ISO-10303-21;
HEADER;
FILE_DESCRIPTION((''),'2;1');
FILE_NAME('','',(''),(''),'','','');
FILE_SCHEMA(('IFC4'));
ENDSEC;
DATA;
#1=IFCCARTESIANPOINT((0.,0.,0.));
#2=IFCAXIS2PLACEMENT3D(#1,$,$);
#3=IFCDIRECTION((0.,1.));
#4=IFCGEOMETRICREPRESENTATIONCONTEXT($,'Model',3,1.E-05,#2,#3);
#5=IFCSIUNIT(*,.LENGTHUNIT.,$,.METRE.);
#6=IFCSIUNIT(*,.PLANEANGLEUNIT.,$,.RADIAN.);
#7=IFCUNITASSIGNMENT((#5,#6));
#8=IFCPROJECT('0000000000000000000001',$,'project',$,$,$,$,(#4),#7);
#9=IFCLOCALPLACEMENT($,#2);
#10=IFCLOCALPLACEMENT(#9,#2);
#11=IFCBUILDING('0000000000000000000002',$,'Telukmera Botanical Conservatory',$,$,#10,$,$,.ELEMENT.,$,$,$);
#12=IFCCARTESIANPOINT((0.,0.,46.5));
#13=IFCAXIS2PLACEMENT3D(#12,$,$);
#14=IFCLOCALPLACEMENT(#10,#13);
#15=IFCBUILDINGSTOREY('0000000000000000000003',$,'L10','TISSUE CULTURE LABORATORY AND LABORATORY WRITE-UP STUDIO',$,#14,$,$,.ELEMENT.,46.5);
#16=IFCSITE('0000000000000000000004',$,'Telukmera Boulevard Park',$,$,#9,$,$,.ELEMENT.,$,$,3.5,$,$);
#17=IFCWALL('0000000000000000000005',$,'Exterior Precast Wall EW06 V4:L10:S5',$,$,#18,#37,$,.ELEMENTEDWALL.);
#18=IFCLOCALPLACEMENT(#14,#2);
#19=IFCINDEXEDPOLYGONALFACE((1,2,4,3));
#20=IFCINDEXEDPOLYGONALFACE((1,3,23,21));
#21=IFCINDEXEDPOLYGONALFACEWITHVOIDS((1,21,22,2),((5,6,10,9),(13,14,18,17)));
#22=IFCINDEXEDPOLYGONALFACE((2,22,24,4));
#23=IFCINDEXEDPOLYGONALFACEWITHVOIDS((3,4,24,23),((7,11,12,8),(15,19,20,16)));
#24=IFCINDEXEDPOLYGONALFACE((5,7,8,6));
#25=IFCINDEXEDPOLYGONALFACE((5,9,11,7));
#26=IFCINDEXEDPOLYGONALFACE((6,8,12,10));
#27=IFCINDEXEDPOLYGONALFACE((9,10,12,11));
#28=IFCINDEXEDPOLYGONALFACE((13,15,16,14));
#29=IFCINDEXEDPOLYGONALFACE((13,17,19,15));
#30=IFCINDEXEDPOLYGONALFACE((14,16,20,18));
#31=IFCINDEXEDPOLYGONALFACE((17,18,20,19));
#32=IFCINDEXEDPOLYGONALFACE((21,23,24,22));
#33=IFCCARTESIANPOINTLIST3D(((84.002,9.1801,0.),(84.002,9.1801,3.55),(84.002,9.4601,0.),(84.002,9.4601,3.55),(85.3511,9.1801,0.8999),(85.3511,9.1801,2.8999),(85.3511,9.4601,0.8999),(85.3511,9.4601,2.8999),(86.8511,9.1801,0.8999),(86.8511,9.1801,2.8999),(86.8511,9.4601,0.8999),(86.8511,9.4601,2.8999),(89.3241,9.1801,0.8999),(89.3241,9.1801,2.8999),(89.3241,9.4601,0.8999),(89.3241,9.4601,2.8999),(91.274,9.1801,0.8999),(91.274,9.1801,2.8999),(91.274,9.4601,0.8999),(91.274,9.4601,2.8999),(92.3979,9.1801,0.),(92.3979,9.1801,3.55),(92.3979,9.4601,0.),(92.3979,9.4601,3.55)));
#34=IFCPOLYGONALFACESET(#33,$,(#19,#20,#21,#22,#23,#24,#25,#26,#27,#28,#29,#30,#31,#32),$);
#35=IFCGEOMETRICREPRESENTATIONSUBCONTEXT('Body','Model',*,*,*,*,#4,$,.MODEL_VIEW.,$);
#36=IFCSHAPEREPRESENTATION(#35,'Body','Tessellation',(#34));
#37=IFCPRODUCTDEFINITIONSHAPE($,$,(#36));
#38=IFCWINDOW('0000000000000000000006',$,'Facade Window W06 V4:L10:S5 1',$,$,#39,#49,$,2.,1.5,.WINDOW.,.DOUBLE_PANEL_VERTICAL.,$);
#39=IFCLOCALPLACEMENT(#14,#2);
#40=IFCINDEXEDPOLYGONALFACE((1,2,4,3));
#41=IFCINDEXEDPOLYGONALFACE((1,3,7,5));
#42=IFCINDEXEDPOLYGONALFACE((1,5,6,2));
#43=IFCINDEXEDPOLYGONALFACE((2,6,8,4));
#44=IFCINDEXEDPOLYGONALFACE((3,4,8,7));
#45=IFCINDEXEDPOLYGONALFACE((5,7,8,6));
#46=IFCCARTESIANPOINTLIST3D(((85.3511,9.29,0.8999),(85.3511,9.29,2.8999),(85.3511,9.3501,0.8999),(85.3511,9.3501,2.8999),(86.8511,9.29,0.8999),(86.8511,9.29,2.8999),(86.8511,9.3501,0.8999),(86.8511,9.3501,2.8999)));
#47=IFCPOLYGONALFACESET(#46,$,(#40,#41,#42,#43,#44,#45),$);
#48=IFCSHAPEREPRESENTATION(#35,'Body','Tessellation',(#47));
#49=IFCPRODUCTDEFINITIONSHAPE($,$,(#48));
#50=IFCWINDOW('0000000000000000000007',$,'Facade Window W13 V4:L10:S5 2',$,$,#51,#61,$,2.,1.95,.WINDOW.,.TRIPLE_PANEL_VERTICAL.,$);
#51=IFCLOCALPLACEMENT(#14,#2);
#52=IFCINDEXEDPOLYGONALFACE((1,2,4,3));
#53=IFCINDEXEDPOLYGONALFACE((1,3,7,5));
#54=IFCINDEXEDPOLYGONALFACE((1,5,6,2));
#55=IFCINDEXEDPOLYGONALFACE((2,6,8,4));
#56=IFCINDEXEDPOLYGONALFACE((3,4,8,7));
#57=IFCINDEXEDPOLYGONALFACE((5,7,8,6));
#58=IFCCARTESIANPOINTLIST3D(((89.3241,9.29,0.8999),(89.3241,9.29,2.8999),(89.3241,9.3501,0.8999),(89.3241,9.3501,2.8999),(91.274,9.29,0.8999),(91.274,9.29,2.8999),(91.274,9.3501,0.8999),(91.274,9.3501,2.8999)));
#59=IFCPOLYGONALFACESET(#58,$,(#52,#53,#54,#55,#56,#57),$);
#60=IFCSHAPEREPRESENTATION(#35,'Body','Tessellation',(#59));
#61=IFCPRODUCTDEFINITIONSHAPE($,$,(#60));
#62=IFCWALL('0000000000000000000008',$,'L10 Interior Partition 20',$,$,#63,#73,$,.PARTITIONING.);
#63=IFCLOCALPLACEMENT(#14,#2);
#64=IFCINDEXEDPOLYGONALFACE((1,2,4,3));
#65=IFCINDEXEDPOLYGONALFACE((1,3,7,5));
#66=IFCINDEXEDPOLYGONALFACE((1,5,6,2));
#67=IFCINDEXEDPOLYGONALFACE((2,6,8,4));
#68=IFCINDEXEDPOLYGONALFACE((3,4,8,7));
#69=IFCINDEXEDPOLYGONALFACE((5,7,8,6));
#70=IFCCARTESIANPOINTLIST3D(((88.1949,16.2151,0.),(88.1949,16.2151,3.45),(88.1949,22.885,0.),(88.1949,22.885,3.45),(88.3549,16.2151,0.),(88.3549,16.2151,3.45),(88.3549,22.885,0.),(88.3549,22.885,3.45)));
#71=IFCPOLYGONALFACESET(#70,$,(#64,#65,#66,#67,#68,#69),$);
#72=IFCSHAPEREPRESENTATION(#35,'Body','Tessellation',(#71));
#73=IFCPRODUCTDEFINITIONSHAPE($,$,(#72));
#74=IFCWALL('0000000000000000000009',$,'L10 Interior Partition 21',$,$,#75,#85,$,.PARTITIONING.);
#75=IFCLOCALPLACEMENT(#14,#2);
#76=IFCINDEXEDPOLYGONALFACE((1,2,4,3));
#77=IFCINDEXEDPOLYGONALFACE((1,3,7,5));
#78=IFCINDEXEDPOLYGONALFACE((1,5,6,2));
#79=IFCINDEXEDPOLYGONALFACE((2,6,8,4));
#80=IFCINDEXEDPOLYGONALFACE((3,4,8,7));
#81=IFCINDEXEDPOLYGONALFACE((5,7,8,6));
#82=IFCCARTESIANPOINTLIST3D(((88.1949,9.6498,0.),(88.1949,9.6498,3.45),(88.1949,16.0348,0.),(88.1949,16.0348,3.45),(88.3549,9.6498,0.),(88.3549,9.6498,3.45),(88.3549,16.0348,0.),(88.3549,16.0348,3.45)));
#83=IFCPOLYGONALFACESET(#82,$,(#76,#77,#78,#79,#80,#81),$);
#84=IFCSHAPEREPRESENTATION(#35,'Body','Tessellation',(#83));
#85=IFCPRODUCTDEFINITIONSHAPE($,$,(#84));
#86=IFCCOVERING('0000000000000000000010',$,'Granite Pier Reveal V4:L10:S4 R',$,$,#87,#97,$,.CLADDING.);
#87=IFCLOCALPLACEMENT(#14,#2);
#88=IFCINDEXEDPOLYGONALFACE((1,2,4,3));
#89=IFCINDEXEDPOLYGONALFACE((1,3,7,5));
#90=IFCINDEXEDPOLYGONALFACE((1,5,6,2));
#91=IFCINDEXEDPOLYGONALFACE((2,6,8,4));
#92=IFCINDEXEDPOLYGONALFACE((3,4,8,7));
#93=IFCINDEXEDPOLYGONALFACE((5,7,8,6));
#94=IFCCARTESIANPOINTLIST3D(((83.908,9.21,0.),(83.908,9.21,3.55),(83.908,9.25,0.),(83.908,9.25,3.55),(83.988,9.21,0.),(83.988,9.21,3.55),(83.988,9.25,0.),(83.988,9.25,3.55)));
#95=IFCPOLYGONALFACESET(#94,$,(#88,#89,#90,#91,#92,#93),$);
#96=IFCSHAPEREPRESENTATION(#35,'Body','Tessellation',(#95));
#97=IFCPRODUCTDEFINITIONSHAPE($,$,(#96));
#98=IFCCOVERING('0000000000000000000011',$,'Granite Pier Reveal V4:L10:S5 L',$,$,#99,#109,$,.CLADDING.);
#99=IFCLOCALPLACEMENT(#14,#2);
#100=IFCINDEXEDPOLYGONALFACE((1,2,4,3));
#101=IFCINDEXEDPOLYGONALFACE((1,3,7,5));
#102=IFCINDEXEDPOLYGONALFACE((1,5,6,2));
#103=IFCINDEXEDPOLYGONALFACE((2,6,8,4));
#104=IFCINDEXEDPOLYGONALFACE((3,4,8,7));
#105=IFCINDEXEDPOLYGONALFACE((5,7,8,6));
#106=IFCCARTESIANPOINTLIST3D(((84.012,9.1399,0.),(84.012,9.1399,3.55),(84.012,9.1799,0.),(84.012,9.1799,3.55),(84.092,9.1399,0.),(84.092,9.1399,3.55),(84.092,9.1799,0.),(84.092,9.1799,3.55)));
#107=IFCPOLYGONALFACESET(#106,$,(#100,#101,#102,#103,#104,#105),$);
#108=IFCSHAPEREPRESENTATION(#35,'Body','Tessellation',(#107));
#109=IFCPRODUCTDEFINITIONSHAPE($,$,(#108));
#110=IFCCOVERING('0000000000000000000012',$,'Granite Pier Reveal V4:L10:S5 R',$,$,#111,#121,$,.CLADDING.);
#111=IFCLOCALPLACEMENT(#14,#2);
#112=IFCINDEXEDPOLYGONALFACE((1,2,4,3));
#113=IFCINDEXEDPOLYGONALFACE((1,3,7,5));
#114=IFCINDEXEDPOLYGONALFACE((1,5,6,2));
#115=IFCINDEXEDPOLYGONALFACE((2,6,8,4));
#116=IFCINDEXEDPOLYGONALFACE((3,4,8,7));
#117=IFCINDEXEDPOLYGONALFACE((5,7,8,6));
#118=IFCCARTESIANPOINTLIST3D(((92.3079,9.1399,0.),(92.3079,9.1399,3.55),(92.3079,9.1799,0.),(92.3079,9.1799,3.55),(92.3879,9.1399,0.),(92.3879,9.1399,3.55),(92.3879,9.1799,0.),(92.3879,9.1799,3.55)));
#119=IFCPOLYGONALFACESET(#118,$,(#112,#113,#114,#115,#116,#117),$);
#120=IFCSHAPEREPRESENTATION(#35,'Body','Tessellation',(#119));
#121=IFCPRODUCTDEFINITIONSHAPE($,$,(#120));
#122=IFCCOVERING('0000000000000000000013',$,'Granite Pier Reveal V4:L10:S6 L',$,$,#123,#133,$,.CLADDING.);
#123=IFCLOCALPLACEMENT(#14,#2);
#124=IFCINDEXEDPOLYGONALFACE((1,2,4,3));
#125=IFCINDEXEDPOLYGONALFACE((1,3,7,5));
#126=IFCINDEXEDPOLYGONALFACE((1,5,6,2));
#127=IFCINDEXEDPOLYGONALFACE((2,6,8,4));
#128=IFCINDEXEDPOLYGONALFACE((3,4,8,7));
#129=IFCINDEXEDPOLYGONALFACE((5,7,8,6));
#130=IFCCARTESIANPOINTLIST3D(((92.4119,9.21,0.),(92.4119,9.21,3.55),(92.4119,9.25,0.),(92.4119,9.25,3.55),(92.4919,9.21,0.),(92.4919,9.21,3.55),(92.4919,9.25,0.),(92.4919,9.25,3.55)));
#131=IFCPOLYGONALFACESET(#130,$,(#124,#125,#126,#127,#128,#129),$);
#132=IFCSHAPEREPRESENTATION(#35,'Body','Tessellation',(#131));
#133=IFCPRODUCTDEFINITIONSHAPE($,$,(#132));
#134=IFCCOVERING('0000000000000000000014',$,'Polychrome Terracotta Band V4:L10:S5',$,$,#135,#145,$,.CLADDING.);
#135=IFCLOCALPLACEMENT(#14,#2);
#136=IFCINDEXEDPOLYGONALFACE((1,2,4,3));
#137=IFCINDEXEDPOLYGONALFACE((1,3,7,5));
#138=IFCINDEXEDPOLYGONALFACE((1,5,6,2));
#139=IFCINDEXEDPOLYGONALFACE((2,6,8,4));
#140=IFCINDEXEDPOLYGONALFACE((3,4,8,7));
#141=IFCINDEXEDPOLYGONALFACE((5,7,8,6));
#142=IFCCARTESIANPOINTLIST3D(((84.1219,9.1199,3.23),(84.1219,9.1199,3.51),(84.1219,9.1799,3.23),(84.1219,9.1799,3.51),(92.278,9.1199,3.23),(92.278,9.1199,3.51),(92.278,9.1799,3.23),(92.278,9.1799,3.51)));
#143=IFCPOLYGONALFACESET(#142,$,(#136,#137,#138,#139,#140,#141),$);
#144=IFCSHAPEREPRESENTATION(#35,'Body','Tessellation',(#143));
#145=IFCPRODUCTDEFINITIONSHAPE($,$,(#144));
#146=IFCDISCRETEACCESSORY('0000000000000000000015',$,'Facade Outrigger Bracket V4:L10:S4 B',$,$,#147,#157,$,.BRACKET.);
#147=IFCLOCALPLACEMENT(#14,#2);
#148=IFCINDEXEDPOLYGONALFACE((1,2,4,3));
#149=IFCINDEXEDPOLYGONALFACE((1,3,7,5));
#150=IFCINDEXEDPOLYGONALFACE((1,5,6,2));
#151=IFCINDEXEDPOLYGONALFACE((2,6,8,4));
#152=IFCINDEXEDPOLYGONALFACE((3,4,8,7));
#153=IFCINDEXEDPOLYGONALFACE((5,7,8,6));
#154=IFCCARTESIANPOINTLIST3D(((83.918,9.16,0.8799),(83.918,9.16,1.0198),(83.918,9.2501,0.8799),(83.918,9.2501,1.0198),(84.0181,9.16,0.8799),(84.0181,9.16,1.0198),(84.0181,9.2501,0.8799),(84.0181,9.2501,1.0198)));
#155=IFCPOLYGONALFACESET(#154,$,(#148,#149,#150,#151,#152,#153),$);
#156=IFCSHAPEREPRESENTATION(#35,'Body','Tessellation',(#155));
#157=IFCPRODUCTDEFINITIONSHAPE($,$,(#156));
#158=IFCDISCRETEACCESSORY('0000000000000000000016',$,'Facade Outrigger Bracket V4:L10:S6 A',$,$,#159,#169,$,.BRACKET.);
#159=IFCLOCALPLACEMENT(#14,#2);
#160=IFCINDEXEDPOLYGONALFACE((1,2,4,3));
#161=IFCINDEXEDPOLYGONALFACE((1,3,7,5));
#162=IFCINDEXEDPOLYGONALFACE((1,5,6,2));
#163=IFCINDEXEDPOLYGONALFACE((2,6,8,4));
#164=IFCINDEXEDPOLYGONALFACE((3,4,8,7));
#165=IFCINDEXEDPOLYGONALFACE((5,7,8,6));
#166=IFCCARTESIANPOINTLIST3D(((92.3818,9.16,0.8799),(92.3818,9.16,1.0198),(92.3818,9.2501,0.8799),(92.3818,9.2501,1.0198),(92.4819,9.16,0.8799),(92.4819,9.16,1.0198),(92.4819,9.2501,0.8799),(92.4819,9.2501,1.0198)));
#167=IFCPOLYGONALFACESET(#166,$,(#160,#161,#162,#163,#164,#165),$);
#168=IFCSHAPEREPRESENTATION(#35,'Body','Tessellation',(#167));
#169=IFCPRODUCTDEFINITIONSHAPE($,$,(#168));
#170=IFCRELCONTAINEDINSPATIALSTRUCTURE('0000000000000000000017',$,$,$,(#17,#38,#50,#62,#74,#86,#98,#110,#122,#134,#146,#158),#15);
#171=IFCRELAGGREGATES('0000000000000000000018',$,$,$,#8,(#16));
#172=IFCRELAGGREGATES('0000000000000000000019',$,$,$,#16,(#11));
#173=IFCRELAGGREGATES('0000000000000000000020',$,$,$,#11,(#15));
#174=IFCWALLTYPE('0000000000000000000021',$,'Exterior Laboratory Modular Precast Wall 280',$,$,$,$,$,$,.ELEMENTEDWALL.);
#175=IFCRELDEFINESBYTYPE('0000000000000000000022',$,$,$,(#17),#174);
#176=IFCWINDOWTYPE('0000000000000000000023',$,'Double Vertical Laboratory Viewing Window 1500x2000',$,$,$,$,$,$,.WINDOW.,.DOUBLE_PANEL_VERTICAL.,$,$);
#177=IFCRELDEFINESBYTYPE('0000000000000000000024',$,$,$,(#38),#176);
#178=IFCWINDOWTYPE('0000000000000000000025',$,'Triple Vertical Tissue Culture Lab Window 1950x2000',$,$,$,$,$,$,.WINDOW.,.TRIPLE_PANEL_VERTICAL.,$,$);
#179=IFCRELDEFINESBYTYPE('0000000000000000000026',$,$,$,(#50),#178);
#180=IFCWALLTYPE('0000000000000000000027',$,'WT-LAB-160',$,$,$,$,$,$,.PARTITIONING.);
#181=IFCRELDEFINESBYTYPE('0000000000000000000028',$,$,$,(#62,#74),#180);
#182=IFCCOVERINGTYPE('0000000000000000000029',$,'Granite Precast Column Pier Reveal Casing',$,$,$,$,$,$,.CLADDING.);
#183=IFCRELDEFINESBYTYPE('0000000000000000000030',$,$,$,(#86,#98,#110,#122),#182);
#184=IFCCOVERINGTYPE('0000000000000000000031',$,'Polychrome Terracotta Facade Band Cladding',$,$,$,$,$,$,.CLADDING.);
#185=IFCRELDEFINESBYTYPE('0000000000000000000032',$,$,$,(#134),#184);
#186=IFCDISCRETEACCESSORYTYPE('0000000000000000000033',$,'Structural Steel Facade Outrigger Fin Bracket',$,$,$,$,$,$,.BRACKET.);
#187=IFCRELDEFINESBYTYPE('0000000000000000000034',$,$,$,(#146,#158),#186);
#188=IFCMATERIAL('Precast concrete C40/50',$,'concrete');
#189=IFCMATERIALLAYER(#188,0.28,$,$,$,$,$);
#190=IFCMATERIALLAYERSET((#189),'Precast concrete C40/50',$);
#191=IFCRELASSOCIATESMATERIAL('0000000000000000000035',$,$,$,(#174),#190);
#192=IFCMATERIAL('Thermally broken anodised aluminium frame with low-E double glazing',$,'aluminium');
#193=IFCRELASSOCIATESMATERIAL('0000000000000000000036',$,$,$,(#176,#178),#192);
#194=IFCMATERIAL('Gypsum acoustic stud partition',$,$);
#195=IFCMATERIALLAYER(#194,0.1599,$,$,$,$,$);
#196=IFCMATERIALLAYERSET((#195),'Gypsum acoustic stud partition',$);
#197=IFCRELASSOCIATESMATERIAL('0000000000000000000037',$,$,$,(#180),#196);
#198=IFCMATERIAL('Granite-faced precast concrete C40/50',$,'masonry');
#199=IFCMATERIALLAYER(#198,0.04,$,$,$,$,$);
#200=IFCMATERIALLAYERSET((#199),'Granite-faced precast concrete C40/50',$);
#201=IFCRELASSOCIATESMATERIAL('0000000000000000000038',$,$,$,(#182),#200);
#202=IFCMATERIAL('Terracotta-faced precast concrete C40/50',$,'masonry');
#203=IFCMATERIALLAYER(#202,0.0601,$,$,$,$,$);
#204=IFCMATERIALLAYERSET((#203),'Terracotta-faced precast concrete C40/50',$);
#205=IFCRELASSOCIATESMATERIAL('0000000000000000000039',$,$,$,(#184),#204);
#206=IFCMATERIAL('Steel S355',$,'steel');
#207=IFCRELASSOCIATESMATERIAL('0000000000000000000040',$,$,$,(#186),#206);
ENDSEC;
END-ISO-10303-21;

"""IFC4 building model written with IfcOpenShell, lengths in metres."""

from ifc_helpers import new_model, si_unit, direction, frame, frame_2d, origin, origin_2d, place, context, subcontext, project, spatial, rectangle, extrude, material, layer, layer_set, type_object, element, fill, save


model = new_model("IFC4")

# Units and contexts
model_context = context("Model", 3, precision=1e-05, world=origin(), true_north=direction((0.0, 1.0)))
body_context = subcontext(model_context, "Body", "Model", "MODEL_VIEW")
ifc_project = project(units=[si_unit("LENGTHUNIT", "METRE"), si_unit("PLANEANGLEUNIT", "RADIAN")], contexts=[model_context])

# Site, building, storey
site_placement = place(None, origin())
site = spatial("IfcSite", under=ifc_project, at=site_placement, Name="Telukmera Boulevard Park", CompositionType="ELEMENT", RefElevation=3.5)
building_placement = place(site_placement, origin())
building = spatial("IfcBuilding", under=site, at=building_placement, Name="Telukmera Botanical Conservatory", CompositionType="ELEMENT")
storey_placement = place(building_placement, frame((0.0, 0.0, 46.5)))
storey = spatial("IfcBuildingStorey", under=building, at=storey_placement, Name="L10", Description="TISSUE CULTURE LABORATORY AND LABORATORY WRITE-UP STUDIO", CompositionType="ELEMENT", Elevation=46.5)

# Shared definitions
ifc_material_1 = material(Name="Precast concrete C40/50", Category="concrete")

# Wall, openings, windows
ifc_layer_1 = layer(ifc_material_1, 0.28)
ifc_layer_set_1 = layer_set([ifc_layer_1], Name="Precast concrete C40/50")
wall_type_1 = type_object("IfcWallType", Name="Exterior Laboratory Modular Precast Wall 280", PredefinedType="ELEMENTEDWALL", material=ifc_layer_set_1)
wall_1_placement = place(storey_placement, frame((84.002, 9.3201, 0.0), z_axis=(0.0, 0.0, 1.0), x_axis=(1.0, 0.0, 0.0)))
wall_1 = element("IfcWall", 1, at=wall_1_placement, inside=storey, type_object=wall_type_1, Name="Exterior Precast Wall EW06 V4:L10:S5", PredefinedType="ELEMENTEDWALL", context=body_context, shape_type="SweptSolid", body=[
    extrude(rectangle(XDim=8.396, YDim=0.28, at=frame_2d((4.198, 0.0))), origin(), (0.0, 0.0, 1.0), 3.55),
])
opening_1_placement = place(wall_1_placement, frame((1.3491, 0.0, 0.8999)))
opening_1 = element("IfcOpeningElement", 2, at=opening_1_placement, cuts=wall_1, PredefinedType="OPENING", context=body_context, shape_type="SweptSolid", body=[
    extrude(rectangle(XDim=1.5, YDim=2.0, at=frame_2d((0.75, 1.0))), frame((0.0, 0.1499, 0.0), z_axis=(0.0, -1.0, 0.0), x_axis=(1.0, 0.0, 0.0)), (0.0, 0.0, 1.0), 0.3),
])
opening_2_placement = place(wall_1_placement, frame((5.322, 0.0, 0.8999)))
opening_2 = element("IfcOpeningElement", 3, at=opening_2_placement, cuts=wall_1, PredefinedType="OPENING", context=body_context, shape_type="SweptSolid", body=[
    extrude(rectangle(XDim=1.95, YDim=2.0, at=frame_2d((0.9751, 1.0))), frame((0.0, 0.1499, 0.0), z_axis=(0.0, -1.0, 0.0), x_axis=(1.0, 0.0, 0.0)), (0.0, 0.0, 1.0), 0.3),
])
ifc_material_2 = material(Name="Thermally broken anodised aluminium frame with low-E double glazing", Category="aluminium")
window_type_1 = type_object("IfcWindowType", Name="Double Vertical Laboratory Viewing Window 1500x2000", PartitioningType="DOUBLE_PANEL_VERTICAL", PredefinedType="WINDOW", material=ifc_material_2)
window_1_placement = place(opening_1_placement, origin())
window_1 = element("IfcWindow", 4, at=window_1_placement, inside=storey, type_object=window_type_1, Name="Facade Window W06 V4:L10:S5 1", OverallHeight=2.0, OverallWidth=1.5, PartitioningType="DOUBLE_PANEL_VERTICAL", PredefinedType="WINDOW", context=body_context, shape_type="SweptSolid", body=[
    extrude(rectangle(XDim=1.5, YDim=2.0, at=frame_2d((0.75, 1.0))), frame((0.0, 0.03, 0.0), z_axis=(0.0, -1.0, 0.0), x_axis=(1.0, 0.0, 0.0)), (0.0, 0.0, 1.0), 0.0601),
])
fill(opening_1, window_1)
window_type_2 = type_object("IfcWindowType", Name="Triple Vertical Tissue Culture Lab Window 1950x2000", PartitioningType="TRIPLE_PANEL_VERTICAL", PredefinedType="WINDOW", material=ifc_material_2)
window_2_placement = place(opening_2_placement, origin())
window_2 = element("IfcWindow", 5, at=window_2_placement, inside=storey, type_object=window_type_2, Name="Facade Window W13 V4:L10:S5 2", OverallHeight=2.0, OverallWidth=1.95, PartitioningType="TRIPLE_PANEL_VERTICAL", PredefinedType="WINDOW", context=body_context, shape_type="SweptSolid", body=[
    extrude(rectangle(XDim=1.95, YDim=2.0, at=frame_2d((0.9751, 1.0))), frame((0.0, 0.03, 0.0), z_axis=(0.0, -1.0, 0.0), x_axis=(1.0, 0.0, 0.0)), (0.0, 0.0, 1.0), 0.0601),
])
fill(opening_2, window_2)

# Walls
ifc_material_3 = material(Name="Gypsum acoustic stud partition")
ifc_layer_2 = layer(ifc_material_3, 0.1599)
ifc_layer_set_2 = layer_set([ifc_layer_2], Name="Gypsum acoustic stud partition")
wall_type_2 = type_object("IfcWallType", Name="WT-LAB-160", PredefinedType="PARTITIONING", material=ifc_layer_set_2)
wall_2_placement = place(storey_placement, frame((88.2749, 16.2151, 0.0), z_axis=(0.0, 0.0, 1.0), x_axis=(0.0, 1.0, 0.0)))
element("IfcWall", 6, at=wall_2_placement, inside=storey, type_object=wall_type_2, Name="L10 Interior Partition 20", PredefinedType="PARTITIONING", context=body_context, shape_type="SweptSolid", body=[
    extrude(rectangle(XDim=6.6699, YDim=0.1599, at=frame_2d((3.335, 0.0))), origin(), (0.0, 0.0, 1.0), 3.45),
])
wall_3_placement = place(storey_placement, frame((88.2749, 9.6499, 0.0), z_axis=(0.0, 0.0, 1.0), x_axis=(0.0, 1.0, 0.0)))
element("IfcWall", 7, at=wall_3_placement, inside=storey, type_object=wall_type_2, Name="L10 Interior Partition 21", PredefinedType="PARTITIONING", context=body_context, shape_type="SweptSolid", body=[
    extrude(rectangle(XDim=6.385, YDim=0.1599, at=frame_2d((3.1924, 0.0))), origin(), (0.0, 0.0, 1.0), 3.45),
])

# Coverings
ifc_material_4 = material(Name="Granite-faced precast concrete C40/50", Category="masonry")
ifc_layer_3 = layer(ifc_material_4, 0.04)
ifc_layer_set_3 = layer_set([ifc_layer_3], Name="Granite-faced precast concrete C40/50")
covering_type_1 = type_object("IfcCoveringType", Name="Granite Precast Column Pier Reveal Casing", PredefinedType="CLADDING", material=ifc_layer_set_3)
for number, where, z_axis, x_axis, name in (
    (8, (83.948, 9.23, 0.0), (0.0, 0.0, 1.0), (1.0, 0.0, 0.0), "Granite Pier Reveal V4:L10:S4 R"),
    (9, (84.052, 9.1599, 0.0), (0.0, 0.0, 1.0), (1.0, 0.0, 0.0), "Granite Pier Reveal V4:L10:S5 L"),
    (10, (92.3479, 9.1599, 0.0), (0.0, 0.0, 1.0), (1.0, 0.0, 0.0), "Granite Pier Reveal V4:L10:S5 R"),
    (11, (92.4519, 9.23, 0.0), (0.0, 0.0, 1.0), (1.0, 0.0, 0.0), "Granite Pier Reveal V4:L10:S6 L"),
):
    element("IfcCovering", number, at=place(storey_placement, frame(where, z_axis=z_axis, x_axis=x_axis)), inside=storey, type_object=covering_type_1, Name=name, PredefinedType="CLADDING", context=body_context, shape_type="SweptSolid", body=[
        extrude(rectangle(XDim=0.0801, YDim=0.04, at=origin_2d()), origin(), (0.0, 0.0, 1.0), 3.55),
    ])
ifc_material_5 = material(Name="Terracotta-faced precast concrete C40/50", Category="masonry")
ifc_layer_4 = layer(ifc_material_5, 0.0601)
ifc_layer_set_4 = layer_set([ifc_layer_4], Name="Terracotta-faced precast concrete C40/50")
covering_type_2 = type_object("IfcCoveringType", Name="Polychrome Terracotta Facade Band Cladding", PredefinedType="CLADDING", material=ifc_layer_set_4)
covering_placement = place(storey_placement, frame((88.2, 9.1499, 3.23), z_axis=(0.0, 0.0, 1.0), x_axis=(1.0, 0.0, 0.0)))
element("IfcCovering", 12, at=covering_placement, inside=storey, type_object=covering_type_2, Name="Polychrome Terracotta Band V4:L10:S5", PredefinedType="CLADDING", context=body_context, shape_type="SweptSolid", body=[
    extrude(rectangle(XDim=8.156, YDim=0.0601, at=origin_2d()), origin(), (0.0, 0.0, 1.0), 0.28),
])

# Discrete accessories
ifc_material_6 = material(Name="Steel S355", Category="steel")
discrete_accessory_type = type_object("IfcDiscreteAccessoryType", Name="Structural Steel Facade Outrigger Fin Bracket", PredefinedType="BRACKET", material=ifc_material_6)
for number, where, z_axis, x_axis, name in (
    (13, (83.968, 9.2051, 0.8799), (0.0, 0.0, 1.0), (1.0, 0.0, 0.0), "Facade Outrigger Bracket V4:L10:S4 B"),
    (14, (92.4319, 9.2051, 0.8799), (0.0, 0.0, 1.0), (1.0, 0.0, 0.0), "Facade Outrigger Bracket V4:L10:S6 A"),
):
    element("IfcDiscreteAccessory", number, at=place(storey_placement, frame(where, z_axis=z_axis, x_axis=x_axis)), inside=storey, type_object=discrete_accessory_type, Name=name, PredefinedType="BRACKET", context=body_context, shape_type="SweptSolid", body=[
        extrude(rectangle(XDim=0.1001, YDim=0.0901, at=origin_2d()), origin(), (0.0, 0.0, 1.0), 0.1399),
    ])

save(model, "model.ifc")
